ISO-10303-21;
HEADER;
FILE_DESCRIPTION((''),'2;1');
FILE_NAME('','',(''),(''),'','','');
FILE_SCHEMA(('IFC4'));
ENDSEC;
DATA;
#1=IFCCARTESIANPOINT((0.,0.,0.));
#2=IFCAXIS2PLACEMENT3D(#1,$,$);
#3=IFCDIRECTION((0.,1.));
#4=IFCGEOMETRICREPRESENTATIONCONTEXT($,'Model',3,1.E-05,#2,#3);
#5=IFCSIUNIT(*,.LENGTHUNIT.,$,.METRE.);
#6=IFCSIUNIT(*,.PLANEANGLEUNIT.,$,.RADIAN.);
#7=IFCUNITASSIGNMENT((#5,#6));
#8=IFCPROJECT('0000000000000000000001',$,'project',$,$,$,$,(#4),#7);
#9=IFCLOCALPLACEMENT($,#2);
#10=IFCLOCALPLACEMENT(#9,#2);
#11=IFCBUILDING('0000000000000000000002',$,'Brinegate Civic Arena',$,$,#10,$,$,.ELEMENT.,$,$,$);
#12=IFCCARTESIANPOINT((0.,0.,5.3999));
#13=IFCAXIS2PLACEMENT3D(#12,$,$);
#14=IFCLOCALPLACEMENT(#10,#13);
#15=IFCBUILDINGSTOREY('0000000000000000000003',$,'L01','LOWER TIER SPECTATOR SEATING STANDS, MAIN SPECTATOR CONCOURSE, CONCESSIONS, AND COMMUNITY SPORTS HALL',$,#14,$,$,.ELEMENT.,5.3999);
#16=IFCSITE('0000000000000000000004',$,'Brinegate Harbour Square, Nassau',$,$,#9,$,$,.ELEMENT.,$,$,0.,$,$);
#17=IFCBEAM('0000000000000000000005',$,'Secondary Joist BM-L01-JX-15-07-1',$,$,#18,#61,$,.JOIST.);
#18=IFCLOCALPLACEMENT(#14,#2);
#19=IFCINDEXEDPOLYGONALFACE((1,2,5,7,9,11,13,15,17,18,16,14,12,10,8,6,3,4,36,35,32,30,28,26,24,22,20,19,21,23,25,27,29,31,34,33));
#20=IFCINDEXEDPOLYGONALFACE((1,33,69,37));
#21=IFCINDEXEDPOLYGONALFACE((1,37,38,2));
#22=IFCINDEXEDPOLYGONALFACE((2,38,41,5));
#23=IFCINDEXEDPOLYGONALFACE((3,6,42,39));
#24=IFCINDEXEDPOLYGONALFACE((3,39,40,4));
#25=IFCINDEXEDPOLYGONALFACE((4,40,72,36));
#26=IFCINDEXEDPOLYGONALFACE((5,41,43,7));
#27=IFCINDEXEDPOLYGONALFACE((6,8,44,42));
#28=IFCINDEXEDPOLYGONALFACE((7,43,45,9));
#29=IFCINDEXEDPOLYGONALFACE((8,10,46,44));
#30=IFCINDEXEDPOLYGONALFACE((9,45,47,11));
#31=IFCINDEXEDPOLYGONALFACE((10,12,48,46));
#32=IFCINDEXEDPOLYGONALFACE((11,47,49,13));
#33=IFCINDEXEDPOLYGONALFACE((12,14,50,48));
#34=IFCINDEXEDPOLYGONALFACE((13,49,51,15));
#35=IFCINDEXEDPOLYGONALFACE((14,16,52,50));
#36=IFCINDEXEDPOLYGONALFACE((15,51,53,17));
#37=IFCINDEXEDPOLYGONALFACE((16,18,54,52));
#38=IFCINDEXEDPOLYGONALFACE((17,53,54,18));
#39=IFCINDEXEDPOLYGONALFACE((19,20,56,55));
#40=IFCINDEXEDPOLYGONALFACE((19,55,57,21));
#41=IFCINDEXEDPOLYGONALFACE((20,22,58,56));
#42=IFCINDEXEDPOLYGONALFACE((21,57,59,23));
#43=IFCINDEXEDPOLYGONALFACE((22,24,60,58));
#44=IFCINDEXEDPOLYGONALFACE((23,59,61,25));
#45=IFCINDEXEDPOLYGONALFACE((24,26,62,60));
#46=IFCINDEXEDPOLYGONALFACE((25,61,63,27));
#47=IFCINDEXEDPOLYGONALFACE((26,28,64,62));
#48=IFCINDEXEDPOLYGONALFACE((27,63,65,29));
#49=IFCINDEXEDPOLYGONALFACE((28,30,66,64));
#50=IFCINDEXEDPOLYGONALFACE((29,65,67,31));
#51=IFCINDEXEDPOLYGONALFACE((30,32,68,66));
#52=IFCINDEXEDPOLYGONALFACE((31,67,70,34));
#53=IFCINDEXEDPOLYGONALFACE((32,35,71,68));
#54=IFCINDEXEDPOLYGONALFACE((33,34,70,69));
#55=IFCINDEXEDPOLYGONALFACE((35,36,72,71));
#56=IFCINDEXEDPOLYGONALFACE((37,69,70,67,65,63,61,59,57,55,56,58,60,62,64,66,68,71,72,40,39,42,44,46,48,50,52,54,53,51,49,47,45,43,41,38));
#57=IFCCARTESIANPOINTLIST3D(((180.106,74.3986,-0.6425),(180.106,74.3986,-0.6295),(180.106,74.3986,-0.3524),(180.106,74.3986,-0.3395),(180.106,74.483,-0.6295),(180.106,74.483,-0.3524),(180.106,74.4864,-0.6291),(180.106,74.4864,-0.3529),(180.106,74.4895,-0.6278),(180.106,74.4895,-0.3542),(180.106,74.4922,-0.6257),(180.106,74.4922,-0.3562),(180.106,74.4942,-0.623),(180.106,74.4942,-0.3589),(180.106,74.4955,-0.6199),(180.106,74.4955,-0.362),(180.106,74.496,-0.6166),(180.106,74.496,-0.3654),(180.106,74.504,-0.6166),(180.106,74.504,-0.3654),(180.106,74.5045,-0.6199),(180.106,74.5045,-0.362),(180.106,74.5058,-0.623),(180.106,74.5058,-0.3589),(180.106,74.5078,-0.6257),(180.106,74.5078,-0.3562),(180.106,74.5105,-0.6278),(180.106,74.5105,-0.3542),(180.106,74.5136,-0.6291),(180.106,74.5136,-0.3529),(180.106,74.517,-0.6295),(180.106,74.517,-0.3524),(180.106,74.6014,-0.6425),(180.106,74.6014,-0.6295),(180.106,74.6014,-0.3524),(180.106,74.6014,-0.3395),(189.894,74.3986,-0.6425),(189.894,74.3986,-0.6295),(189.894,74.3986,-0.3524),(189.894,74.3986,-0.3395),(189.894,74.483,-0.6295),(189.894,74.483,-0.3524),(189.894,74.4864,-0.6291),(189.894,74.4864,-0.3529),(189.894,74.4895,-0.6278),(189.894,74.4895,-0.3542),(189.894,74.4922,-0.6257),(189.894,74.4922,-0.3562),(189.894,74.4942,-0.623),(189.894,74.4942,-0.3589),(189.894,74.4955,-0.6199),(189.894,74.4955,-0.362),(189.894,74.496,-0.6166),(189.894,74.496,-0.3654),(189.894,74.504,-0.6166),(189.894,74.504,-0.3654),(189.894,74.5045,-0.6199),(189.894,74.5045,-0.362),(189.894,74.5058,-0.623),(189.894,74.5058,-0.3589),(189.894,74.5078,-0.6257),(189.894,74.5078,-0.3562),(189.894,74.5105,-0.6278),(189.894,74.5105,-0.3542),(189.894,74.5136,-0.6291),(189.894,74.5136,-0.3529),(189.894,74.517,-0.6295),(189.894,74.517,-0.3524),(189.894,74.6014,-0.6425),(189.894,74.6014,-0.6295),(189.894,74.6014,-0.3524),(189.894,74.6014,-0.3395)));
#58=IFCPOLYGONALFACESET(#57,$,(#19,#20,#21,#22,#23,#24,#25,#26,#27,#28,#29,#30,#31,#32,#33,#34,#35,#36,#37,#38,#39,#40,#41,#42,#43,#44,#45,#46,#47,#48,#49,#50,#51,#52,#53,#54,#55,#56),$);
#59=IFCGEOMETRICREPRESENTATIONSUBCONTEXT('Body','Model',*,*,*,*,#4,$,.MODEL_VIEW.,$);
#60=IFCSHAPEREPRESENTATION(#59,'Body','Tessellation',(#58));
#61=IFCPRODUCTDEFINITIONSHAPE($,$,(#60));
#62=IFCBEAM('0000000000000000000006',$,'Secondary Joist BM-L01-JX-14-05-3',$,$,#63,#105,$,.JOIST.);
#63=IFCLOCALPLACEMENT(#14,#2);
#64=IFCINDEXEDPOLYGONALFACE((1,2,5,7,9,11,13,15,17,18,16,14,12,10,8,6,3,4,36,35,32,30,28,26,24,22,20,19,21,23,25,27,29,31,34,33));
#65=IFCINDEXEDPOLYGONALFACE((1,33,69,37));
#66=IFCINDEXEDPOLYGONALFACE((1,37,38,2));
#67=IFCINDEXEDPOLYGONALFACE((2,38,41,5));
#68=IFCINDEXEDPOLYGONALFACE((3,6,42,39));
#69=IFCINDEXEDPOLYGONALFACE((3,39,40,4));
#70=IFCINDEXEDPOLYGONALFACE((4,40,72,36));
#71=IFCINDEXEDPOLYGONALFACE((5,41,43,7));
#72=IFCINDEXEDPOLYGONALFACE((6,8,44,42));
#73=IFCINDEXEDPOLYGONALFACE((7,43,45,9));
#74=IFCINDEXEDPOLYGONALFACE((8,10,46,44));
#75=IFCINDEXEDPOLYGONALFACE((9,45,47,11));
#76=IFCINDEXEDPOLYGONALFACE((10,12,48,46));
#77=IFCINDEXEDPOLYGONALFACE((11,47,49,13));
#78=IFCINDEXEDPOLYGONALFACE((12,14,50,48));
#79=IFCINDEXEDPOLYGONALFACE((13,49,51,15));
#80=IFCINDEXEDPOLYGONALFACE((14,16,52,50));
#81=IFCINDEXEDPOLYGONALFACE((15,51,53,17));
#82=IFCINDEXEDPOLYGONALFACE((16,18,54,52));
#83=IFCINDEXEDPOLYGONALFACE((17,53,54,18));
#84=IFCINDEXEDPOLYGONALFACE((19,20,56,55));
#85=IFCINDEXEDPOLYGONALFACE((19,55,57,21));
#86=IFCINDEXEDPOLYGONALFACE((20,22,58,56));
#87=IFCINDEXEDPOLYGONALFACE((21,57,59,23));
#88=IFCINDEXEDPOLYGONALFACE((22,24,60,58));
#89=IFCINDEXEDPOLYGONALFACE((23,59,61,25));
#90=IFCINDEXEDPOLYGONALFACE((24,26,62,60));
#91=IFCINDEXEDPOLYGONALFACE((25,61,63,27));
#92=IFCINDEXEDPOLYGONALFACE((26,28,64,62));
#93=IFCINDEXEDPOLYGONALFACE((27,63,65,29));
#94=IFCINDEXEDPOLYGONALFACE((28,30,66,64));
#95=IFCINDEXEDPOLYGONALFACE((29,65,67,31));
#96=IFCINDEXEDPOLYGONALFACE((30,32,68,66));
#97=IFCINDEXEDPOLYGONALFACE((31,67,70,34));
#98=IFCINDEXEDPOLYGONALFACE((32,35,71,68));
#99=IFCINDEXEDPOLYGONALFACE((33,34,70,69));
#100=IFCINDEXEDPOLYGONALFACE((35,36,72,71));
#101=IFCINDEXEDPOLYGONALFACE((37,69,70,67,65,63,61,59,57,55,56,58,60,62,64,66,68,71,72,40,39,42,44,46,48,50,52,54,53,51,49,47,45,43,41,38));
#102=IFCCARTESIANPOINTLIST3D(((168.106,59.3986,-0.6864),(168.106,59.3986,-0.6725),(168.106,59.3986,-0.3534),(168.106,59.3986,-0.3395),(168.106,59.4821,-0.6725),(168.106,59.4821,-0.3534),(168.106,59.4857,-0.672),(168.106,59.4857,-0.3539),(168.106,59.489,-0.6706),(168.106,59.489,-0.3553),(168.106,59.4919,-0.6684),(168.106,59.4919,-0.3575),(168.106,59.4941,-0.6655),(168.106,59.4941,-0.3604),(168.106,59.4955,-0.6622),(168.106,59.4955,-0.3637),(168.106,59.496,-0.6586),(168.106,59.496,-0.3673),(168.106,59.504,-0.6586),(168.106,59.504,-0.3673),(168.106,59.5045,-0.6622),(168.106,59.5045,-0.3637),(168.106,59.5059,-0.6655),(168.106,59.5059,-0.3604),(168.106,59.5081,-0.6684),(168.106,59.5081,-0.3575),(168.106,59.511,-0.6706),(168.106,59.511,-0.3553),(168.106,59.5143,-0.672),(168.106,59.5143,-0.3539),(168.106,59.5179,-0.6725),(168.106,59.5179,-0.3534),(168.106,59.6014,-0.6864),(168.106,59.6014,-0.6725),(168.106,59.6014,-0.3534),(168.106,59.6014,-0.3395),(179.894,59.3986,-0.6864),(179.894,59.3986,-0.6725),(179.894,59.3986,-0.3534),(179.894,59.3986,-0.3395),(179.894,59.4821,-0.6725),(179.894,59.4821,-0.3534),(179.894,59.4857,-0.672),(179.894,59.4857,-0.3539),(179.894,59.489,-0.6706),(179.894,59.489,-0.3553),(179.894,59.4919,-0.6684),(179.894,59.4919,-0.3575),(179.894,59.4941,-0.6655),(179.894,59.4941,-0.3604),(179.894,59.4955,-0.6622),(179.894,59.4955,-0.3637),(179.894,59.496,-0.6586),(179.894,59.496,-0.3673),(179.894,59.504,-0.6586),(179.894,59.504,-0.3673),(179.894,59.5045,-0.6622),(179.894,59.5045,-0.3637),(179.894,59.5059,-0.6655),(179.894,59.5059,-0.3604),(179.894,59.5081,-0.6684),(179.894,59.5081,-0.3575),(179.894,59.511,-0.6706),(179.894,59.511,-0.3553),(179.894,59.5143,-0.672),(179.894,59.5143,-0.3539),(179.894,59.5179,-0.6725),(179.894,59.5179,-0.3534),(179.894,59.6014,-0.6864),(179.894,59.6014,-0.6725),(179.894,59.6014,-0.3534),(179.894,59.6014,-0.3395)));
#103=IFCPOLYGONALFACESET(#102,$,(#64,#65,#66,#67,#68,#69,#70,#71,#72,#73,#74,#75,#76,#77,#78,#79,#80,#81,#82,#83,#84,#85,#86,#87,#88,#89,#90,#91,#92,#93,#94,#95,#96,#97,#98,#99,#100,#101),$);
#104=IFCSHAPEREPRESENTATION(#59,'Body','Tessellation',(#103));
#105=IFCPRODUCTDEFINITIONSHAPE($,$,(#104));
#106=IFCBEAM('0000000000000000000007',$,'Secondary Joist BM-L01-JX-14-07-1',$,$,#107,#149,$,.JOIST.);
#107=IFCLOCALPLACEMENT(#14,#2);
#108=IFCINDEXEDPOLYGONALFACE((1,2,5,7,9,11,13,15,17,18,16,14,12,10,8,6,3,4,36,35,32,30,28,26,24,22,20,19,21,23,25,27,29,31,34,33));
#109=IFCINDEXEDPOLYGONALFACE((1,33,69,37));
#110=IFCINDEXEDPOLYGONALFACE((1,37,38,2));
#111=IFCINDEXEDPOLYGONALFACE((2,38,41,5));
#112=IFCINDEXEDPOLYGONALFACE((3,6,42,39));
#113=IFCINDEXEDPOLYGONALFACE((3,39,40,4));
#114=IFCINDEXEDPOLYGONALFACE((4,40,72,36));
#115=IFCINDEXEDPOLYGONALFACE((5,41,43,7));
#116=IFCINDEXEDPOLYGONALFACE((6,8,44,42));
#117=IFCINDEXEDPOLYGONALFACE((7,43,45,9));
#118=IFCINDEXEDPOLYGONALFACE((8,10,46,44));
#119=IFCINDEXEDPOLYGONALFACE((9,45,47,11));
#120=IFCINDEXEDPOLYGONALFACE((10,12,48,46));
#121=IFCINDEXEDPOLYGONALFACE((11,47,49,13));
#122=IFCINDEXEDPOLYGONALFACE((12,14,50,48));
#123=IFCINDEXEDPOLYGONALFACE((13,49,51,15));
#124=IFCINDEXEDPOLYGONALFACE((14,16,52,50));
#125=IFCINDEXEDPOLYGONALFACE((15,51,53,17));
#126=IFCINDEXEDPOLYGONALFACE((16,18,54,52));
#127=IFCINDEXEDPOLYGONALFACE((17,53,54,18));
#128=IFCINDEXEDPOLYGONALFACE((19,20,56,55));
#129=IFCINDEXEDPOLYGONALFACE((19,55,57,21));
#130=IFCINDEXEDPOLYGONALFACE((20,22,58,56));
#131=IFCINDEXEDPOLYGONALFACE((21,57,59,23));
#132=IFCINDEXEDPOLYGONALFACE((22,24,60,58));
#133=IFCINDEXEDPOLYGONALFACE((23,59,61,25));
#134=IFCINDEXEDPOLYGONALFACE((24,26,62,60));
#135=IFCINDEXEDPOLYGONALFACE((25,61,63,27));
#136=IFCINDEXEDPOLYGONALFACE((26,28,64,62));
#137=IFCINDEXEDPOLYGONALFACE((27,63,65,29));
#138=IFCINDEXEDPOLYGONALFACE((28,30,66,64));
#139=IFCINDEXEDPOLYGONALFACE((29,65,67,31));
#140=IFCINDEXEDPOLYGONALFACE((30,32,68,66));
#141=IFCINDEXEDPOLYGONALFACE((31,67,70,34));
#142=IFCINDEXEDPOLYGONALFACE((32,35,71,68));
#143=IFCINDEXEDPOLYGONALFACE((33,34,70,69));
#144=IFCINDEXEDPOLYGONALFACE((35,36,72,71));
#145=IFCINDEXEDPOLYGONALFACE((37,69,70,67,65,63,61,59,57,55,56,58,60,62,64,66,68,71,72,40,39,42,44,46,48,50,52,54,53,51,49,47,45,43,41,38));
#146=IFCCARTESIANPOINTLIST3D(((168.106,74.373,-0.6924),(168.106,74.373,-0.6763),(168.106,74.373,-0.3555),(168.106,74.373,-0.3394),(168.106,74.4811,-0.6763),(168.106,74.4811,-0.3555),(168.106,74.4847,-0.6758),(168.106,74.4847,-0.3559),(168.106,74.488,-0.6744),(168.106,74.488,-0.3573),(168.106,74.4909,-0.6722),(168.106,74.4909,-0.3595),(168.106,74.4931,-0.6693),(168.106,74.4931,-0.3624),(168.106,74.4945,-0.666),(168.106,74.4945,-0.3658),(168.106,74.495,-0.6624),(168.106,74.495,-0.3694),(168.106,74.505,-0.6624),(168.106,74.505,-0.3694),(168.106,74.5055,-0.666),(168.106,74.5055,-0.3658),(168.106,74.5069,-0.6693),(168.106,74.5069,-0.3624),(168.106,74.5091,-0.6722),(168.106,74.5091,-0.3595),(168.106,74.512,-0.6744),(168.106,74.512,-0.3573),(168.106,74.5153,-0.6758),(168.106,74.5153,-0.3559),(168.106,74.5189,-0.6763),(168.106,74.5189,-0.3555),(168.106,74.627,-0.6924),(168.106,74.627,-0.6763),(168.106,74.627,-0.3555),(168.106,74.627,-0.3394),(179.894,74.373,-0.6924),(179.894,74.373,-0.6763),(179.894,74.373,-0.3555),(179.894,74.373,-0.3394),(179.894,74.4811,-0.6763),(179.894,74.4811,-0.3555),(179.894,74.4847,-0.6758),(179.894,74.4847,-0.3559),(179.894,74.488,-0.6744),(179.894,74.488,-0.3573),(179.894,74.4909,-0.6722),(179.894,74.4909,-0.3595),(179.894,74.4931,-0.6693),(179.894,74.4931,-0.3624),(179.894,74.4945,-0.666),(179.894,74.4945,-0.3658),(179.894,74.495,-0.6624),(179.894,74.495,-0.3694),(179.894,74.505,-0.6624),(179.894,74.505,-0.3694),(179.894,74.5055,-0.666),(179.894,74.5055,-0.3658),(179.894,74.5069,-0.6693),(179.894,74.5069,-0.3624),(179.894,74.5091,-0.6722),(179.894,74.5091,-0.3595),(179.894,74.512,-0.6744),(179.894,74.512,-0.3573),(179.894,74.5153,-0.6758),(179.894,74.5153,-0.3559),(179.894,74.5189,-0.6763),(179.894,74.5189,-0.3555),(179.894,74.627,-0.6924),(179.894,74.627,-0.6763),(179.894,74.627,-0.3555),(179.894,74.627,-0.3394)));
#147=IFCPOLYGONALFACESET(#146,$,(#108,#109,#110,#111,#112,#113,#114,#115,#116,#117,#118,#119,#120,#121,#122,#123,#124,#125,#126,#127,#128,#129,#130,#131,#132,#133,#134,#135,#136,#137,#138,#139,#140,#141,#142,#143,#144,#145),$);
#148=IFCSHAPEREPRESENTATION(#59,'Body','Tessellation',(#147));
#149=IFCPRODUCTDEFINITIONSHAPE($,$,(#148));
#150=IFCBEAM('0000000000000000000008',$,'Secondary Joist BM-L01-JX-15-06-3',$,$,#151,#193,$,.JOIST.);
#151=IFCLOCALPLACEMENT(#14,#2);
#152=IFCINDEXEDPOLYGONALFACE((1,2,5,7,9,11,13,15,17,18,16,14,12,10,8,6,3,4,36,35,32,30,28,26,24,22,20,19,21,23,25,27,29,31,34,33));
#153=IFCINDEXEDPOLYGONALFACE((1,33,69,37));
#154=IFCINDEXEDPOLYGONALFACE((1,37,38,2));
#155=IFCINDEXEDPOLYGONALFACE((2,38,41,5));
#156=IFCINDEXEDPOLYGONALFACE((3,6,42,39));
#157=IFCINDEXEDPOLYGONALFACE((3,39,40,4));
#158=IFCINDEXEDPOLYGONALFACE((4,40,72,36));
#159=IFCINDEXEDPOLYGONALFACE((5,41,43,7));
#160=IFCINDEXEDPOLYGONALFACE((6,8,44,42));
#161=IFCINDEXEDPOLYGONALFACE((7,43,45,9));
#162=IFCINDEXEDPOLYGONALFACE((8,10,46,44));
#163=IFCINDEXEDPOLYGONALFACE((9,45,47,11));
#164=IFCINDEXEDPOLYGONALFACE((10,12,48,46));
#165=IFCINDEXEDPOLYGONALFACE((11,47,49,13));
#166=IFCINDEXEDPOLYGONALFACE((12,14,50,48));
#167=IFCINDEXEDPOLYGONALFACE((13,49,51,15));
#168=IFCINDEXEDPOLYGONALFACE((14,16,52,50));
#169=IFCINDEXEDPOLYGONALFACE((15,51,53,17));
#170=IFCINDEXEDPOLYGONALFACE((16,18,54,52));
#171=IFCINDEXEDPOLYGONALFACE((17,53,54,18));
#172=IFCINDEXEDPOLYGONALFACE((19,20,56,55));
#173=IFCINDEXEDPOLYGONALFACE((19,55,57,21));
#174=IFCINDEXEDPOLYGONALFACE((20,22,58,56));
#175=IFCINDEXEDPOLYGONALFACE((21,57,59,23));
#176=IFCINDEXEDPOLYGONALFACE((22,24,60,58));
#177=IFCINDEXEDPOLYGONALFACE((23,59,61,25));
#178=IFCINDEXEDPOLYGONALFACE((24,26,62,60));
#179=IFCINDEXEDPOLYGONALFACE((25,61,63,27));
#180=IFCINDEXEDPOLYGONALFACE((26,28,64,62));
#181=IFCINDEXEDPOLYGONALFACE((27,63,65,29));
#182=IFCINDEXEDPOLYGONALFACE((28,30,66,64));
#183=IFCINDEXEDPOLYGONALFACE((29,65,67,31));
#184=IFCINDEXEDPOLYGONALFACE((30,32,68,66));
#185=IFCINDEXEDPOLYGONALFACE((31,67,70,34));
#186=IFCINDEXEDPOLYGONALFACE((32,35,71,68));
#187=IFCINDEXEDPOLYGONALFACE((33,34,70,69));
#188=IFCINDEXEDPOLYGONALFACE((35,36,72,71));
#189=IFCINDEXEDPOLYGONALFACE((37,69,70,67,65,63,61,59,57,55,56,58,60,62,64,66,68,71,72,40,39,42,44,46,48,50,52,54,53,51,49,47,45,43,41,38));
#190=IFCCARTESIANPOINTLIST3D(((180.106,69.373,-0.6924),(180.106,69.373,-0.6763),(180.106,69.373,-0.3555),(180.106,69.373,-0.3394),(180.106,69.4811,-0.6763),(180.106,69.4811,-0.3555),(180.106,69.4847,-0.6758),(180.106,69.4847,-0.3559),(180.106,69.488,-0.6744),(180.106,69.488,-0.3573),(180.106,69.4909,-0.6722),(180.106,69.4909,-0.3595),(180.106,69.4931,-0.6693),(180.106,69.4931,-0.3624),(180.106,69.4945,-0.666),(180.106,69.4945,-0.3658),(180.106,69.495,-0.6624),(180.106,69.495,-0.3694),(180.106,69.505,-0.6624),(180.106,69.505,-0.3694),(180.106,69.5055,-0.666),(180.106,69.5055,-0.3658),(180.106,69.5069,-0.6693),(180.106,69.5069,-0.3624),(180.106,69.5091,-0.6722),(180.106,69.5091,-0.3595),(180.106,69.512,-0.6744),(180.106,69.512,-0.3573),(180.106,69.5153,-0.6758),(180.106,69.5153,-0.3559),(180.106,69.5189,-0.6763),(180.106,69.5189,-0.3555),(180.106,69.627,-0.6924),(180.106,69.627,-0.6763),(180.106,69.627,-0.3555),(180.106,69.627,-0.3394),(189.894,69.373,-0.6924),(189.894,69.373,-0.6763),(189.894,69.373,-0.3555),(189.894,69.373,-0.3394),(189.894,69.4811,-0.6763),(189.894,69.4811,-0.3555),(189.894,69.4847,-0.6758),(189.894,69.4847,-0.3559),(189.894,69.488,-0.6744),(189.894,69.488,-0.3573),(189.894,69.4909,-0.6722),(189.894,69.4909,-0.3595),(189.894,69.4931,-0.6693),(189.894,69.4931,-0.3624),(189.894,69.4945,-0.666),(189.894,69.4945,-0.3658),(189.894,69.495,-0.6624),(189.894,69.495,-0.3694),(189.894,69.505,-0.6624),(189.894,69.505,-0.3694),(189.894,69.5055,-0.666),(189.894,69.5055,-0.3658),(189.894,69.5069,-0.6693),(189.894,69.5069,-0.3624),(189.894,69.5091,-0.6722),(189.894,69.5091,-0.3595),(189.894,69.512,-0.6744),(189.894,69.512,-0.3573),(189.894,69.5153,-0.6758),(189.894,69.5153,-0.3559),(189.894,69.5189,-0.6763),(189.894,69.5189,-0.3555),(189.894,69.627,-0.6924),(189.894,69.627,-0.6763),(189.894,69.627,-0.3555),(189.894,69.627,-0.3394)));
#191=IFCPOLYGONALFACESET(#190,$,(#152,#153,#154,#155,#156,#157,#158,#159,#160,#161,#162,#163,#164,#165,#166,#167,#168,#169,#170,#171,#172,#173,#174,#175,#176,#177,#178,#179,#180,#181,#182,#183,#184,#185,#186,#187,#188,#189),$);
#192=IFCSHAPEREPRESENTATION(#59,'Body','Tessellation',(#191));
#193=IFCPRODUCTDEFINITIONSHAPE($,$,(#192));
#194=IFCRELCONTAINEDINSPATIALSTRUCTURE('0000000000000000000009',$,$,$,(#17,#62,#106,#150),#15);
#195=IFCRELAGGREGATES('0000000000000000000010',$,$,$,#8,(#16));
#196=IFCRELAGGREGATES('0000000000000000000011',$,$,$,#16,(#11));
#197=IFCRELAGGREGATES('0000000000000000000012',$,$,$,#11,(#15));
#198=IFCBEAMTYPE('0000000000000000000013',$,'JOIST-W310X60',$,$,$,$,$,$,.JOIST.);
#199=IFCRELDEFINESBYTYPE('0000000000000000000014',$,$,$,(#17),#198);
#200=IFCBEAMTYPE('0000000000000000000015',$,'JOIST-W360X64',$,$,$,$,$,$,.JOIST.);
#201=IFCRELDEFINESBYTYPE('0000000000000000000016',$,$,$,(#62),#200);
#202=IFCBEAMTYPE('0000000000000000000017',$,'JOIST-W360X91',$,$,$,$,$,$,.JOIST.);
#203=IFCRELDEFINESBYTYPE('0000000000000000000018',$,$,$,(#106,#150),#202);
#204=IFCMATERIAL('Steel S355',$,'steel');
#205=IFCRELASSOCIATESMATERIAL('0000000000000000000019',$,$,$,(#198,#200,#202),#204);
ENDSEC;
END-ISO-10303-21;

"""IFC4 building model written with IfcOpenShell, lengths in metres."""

from ifc_helpers import new_model, si_unit, direction, frame, origin, origin_2d, place, context, subcontext, project, spatial, i_section, extrude, material, material_profile, profile_set, type_object, element, save


model = new_model("IFC4")

# Units and contexts
model_context = context("Model", 3, precision=1e-05, world=origin(), true_north=direction((0.0, 1.0)))
body_context = subcontext(model_context, "Body", "Model", "MODEL_VIEW")
ifc_project = project(units=[si_unit("LENGTHUNIT", "METRE"), si_unit("PLANEANGLEUNIT", "RADIAN")], contexts=[model_context])

# Site, building, storey
site_placement = place(None, origin())
site = spatial("IfcSite", under=ifc_project, at=site_placement, Name="Brinegate Harbour Square, Nassau", CompositionType="ELEMENT", RefElevation=0.0)
building_placement = place(site_placement, origin())
building = spatial("IfcBuilding", under=site, at=building_placement, Name="Brinegate Civic Arena", CompositionType="ELEMENT")
storey_placement = place(building_placement, frame((0.0, 0.0, 5.3999)))
storey = spatial("IfcBuildingStorey", under=building, at=storey_placement, Name="L01", Description="LOWER TIER SPECTATOR SEATING STANDS, MAIN SPECTATOR CONCOURSE, CONCESSIONS, AND COMMUNITY SPORTS HALL", CompositionType="ELEMENT", Elevation=5.3999)

# Beams
ifc_material_1 = material(Name="Steel S355", Category="steel")
ifc_material_profile_1 = material_profile(ifc_material_1, i_section(OverallWidth=0.2029, OverallDepth=0.303, WebThickness=0.0081, FlangeThickness=0.0129, FilletRadius=0.0129, at=origin_2d()), Name="W310X60")
ifc_profile_set_1 = profile_set([ifc_material_profile_1], Name="Steel S355")
beam_type_1 = type_object("IfcBeamType", Name="JOIST-W310X60", PredefinedType="JOIST", material=ifc_profile_set_1)
beam_1_placement = place(storey_placement, frame((180.106, 74.5, -0.491), z_axis=(1.0, 0.0, 0.0), x_axis=(0.0, 1.0, 0.0)))
element("IfcBeam", 1, at=beam_1_placement, inside=storey, type_object=beam_type_1, Name="Secondary Joist BM-L01-JX-15-07-1", PredefinedType="JOIST", context=body_context, shape_type="SweptSolid", body=[
    extrude(i_section(OverallWidth=0.2029, OverallDepth=0.303, WebThickness=0.0081, FlangeThickness=0.0129, FilletRadius=0.0129, at=origin_2d()), origin(), (0.0, 0.0, 1.0), 9.7881),
])
ifc_material_profile_2 = material_profile(ifc_material_1, i_section(OverallWidth=0.2029, OverallDepth=0.3469, WebThickness=0.0081, FlangeThickness=0.0139, FilletRadius=0.0139, at=origin_2d()), Name="W360X64")
ifc_profile_set_2 = profile_set([ifc_material_profile_2], Name="Steel S355")
beam_type_2 = type_object("IfcBeamType", Name="JOIST-W360X64", PredefinedType="JOIST", material=ifc_profile_set_2)
beam_2_placement = place(storey_placement, frame((168.106, 59.5, -0.5129), z_axis=(1.0, 0.0, 0.0), x_axis=(0.0, 1.0, 0.0)))
element("IfcBeam", 2, at=beam_2_placement, inside=storey, type_object=beam_type_2, Name="Secondary Joist BM-L01-JX-14-05-3", PredefinedType="JOIST", context=body_context, shape_type="SweptSolid", body=[
    extrude(i_section(OverallWidth=0.2029, OverallDepth=0.3469, WebThickness=0.0081, FlangeThickness=0.0139, FilletRadius=0.0139, at=origin_2d()), origin(), (0.0, 0.0, 1.0), 11.7881),
])
ifc_material_profile_3 = material_profile(ifc_material_1, i_section(OverallWidth=0.2539, OverallDepth=0.353, WebThickness=0.01, FlangeThickness=0.0161, FilletRadius=0.0139, at=origin_2d()), Name="W360X91")
ifc_profile_set_3 = profile_set([ifc_material_profile_3], Name="Steel S355")
beam_type_3 = type_object("IfcBeamType", Name="JOIST-W360X91", PredefinedType="JOIST", material=ifc_profile_set_3)
beam_3_placement = place(storey_placement, frame((168.106, 74.5, -0.5159), z_axis=(1.0, 0.0, 0.0), x_axis=(0.0, 1.0, 0.0)))
element("IfcBeam", 3, at=beam_3_placement, inside=storey, type_object=beam_type_3, Name="Secondary Joist BM-L01-JX-14-07-1", PredefinedType="JOIST", context=body_context, shape_type="SweptSolid", body=[
    extrude(i_section(OverallWidth=0.2539, OverallDepth=0.353, WebThickness=0.01, FlangeThickness=0.0161, FilletRadius=0.0139, at=origin_2d()), origin(), (0.0, 0.0, 1.0), 11.7881),
])
beam_4_placement = place(storey_placement, frame((180.106, 69.5, -0.5159), z_axis=(1.0, 0.0, 0.0), x_axis=(0.0, 1.0, 0.0)))
element("IfcBeam", 4, at=beam_4_placement, inside=storey, type_object=beam_type_3, Name="Secondary Joist BM-L01-JX-15-06-3", PredefinedType="JOIST", context=body_context, shape_type="SweptSolid", body=[
    extrude(i_section(OverallWidth=0.2539, OverallDepth=0.353, WebThickness=0.01, FlangeThickness=0.0161, FilletRadius=0.0139, at=origin_2d()), origin(), (0.0, 0.0, 1.0), 9.7881),
])

save(model, "model.ifc")
